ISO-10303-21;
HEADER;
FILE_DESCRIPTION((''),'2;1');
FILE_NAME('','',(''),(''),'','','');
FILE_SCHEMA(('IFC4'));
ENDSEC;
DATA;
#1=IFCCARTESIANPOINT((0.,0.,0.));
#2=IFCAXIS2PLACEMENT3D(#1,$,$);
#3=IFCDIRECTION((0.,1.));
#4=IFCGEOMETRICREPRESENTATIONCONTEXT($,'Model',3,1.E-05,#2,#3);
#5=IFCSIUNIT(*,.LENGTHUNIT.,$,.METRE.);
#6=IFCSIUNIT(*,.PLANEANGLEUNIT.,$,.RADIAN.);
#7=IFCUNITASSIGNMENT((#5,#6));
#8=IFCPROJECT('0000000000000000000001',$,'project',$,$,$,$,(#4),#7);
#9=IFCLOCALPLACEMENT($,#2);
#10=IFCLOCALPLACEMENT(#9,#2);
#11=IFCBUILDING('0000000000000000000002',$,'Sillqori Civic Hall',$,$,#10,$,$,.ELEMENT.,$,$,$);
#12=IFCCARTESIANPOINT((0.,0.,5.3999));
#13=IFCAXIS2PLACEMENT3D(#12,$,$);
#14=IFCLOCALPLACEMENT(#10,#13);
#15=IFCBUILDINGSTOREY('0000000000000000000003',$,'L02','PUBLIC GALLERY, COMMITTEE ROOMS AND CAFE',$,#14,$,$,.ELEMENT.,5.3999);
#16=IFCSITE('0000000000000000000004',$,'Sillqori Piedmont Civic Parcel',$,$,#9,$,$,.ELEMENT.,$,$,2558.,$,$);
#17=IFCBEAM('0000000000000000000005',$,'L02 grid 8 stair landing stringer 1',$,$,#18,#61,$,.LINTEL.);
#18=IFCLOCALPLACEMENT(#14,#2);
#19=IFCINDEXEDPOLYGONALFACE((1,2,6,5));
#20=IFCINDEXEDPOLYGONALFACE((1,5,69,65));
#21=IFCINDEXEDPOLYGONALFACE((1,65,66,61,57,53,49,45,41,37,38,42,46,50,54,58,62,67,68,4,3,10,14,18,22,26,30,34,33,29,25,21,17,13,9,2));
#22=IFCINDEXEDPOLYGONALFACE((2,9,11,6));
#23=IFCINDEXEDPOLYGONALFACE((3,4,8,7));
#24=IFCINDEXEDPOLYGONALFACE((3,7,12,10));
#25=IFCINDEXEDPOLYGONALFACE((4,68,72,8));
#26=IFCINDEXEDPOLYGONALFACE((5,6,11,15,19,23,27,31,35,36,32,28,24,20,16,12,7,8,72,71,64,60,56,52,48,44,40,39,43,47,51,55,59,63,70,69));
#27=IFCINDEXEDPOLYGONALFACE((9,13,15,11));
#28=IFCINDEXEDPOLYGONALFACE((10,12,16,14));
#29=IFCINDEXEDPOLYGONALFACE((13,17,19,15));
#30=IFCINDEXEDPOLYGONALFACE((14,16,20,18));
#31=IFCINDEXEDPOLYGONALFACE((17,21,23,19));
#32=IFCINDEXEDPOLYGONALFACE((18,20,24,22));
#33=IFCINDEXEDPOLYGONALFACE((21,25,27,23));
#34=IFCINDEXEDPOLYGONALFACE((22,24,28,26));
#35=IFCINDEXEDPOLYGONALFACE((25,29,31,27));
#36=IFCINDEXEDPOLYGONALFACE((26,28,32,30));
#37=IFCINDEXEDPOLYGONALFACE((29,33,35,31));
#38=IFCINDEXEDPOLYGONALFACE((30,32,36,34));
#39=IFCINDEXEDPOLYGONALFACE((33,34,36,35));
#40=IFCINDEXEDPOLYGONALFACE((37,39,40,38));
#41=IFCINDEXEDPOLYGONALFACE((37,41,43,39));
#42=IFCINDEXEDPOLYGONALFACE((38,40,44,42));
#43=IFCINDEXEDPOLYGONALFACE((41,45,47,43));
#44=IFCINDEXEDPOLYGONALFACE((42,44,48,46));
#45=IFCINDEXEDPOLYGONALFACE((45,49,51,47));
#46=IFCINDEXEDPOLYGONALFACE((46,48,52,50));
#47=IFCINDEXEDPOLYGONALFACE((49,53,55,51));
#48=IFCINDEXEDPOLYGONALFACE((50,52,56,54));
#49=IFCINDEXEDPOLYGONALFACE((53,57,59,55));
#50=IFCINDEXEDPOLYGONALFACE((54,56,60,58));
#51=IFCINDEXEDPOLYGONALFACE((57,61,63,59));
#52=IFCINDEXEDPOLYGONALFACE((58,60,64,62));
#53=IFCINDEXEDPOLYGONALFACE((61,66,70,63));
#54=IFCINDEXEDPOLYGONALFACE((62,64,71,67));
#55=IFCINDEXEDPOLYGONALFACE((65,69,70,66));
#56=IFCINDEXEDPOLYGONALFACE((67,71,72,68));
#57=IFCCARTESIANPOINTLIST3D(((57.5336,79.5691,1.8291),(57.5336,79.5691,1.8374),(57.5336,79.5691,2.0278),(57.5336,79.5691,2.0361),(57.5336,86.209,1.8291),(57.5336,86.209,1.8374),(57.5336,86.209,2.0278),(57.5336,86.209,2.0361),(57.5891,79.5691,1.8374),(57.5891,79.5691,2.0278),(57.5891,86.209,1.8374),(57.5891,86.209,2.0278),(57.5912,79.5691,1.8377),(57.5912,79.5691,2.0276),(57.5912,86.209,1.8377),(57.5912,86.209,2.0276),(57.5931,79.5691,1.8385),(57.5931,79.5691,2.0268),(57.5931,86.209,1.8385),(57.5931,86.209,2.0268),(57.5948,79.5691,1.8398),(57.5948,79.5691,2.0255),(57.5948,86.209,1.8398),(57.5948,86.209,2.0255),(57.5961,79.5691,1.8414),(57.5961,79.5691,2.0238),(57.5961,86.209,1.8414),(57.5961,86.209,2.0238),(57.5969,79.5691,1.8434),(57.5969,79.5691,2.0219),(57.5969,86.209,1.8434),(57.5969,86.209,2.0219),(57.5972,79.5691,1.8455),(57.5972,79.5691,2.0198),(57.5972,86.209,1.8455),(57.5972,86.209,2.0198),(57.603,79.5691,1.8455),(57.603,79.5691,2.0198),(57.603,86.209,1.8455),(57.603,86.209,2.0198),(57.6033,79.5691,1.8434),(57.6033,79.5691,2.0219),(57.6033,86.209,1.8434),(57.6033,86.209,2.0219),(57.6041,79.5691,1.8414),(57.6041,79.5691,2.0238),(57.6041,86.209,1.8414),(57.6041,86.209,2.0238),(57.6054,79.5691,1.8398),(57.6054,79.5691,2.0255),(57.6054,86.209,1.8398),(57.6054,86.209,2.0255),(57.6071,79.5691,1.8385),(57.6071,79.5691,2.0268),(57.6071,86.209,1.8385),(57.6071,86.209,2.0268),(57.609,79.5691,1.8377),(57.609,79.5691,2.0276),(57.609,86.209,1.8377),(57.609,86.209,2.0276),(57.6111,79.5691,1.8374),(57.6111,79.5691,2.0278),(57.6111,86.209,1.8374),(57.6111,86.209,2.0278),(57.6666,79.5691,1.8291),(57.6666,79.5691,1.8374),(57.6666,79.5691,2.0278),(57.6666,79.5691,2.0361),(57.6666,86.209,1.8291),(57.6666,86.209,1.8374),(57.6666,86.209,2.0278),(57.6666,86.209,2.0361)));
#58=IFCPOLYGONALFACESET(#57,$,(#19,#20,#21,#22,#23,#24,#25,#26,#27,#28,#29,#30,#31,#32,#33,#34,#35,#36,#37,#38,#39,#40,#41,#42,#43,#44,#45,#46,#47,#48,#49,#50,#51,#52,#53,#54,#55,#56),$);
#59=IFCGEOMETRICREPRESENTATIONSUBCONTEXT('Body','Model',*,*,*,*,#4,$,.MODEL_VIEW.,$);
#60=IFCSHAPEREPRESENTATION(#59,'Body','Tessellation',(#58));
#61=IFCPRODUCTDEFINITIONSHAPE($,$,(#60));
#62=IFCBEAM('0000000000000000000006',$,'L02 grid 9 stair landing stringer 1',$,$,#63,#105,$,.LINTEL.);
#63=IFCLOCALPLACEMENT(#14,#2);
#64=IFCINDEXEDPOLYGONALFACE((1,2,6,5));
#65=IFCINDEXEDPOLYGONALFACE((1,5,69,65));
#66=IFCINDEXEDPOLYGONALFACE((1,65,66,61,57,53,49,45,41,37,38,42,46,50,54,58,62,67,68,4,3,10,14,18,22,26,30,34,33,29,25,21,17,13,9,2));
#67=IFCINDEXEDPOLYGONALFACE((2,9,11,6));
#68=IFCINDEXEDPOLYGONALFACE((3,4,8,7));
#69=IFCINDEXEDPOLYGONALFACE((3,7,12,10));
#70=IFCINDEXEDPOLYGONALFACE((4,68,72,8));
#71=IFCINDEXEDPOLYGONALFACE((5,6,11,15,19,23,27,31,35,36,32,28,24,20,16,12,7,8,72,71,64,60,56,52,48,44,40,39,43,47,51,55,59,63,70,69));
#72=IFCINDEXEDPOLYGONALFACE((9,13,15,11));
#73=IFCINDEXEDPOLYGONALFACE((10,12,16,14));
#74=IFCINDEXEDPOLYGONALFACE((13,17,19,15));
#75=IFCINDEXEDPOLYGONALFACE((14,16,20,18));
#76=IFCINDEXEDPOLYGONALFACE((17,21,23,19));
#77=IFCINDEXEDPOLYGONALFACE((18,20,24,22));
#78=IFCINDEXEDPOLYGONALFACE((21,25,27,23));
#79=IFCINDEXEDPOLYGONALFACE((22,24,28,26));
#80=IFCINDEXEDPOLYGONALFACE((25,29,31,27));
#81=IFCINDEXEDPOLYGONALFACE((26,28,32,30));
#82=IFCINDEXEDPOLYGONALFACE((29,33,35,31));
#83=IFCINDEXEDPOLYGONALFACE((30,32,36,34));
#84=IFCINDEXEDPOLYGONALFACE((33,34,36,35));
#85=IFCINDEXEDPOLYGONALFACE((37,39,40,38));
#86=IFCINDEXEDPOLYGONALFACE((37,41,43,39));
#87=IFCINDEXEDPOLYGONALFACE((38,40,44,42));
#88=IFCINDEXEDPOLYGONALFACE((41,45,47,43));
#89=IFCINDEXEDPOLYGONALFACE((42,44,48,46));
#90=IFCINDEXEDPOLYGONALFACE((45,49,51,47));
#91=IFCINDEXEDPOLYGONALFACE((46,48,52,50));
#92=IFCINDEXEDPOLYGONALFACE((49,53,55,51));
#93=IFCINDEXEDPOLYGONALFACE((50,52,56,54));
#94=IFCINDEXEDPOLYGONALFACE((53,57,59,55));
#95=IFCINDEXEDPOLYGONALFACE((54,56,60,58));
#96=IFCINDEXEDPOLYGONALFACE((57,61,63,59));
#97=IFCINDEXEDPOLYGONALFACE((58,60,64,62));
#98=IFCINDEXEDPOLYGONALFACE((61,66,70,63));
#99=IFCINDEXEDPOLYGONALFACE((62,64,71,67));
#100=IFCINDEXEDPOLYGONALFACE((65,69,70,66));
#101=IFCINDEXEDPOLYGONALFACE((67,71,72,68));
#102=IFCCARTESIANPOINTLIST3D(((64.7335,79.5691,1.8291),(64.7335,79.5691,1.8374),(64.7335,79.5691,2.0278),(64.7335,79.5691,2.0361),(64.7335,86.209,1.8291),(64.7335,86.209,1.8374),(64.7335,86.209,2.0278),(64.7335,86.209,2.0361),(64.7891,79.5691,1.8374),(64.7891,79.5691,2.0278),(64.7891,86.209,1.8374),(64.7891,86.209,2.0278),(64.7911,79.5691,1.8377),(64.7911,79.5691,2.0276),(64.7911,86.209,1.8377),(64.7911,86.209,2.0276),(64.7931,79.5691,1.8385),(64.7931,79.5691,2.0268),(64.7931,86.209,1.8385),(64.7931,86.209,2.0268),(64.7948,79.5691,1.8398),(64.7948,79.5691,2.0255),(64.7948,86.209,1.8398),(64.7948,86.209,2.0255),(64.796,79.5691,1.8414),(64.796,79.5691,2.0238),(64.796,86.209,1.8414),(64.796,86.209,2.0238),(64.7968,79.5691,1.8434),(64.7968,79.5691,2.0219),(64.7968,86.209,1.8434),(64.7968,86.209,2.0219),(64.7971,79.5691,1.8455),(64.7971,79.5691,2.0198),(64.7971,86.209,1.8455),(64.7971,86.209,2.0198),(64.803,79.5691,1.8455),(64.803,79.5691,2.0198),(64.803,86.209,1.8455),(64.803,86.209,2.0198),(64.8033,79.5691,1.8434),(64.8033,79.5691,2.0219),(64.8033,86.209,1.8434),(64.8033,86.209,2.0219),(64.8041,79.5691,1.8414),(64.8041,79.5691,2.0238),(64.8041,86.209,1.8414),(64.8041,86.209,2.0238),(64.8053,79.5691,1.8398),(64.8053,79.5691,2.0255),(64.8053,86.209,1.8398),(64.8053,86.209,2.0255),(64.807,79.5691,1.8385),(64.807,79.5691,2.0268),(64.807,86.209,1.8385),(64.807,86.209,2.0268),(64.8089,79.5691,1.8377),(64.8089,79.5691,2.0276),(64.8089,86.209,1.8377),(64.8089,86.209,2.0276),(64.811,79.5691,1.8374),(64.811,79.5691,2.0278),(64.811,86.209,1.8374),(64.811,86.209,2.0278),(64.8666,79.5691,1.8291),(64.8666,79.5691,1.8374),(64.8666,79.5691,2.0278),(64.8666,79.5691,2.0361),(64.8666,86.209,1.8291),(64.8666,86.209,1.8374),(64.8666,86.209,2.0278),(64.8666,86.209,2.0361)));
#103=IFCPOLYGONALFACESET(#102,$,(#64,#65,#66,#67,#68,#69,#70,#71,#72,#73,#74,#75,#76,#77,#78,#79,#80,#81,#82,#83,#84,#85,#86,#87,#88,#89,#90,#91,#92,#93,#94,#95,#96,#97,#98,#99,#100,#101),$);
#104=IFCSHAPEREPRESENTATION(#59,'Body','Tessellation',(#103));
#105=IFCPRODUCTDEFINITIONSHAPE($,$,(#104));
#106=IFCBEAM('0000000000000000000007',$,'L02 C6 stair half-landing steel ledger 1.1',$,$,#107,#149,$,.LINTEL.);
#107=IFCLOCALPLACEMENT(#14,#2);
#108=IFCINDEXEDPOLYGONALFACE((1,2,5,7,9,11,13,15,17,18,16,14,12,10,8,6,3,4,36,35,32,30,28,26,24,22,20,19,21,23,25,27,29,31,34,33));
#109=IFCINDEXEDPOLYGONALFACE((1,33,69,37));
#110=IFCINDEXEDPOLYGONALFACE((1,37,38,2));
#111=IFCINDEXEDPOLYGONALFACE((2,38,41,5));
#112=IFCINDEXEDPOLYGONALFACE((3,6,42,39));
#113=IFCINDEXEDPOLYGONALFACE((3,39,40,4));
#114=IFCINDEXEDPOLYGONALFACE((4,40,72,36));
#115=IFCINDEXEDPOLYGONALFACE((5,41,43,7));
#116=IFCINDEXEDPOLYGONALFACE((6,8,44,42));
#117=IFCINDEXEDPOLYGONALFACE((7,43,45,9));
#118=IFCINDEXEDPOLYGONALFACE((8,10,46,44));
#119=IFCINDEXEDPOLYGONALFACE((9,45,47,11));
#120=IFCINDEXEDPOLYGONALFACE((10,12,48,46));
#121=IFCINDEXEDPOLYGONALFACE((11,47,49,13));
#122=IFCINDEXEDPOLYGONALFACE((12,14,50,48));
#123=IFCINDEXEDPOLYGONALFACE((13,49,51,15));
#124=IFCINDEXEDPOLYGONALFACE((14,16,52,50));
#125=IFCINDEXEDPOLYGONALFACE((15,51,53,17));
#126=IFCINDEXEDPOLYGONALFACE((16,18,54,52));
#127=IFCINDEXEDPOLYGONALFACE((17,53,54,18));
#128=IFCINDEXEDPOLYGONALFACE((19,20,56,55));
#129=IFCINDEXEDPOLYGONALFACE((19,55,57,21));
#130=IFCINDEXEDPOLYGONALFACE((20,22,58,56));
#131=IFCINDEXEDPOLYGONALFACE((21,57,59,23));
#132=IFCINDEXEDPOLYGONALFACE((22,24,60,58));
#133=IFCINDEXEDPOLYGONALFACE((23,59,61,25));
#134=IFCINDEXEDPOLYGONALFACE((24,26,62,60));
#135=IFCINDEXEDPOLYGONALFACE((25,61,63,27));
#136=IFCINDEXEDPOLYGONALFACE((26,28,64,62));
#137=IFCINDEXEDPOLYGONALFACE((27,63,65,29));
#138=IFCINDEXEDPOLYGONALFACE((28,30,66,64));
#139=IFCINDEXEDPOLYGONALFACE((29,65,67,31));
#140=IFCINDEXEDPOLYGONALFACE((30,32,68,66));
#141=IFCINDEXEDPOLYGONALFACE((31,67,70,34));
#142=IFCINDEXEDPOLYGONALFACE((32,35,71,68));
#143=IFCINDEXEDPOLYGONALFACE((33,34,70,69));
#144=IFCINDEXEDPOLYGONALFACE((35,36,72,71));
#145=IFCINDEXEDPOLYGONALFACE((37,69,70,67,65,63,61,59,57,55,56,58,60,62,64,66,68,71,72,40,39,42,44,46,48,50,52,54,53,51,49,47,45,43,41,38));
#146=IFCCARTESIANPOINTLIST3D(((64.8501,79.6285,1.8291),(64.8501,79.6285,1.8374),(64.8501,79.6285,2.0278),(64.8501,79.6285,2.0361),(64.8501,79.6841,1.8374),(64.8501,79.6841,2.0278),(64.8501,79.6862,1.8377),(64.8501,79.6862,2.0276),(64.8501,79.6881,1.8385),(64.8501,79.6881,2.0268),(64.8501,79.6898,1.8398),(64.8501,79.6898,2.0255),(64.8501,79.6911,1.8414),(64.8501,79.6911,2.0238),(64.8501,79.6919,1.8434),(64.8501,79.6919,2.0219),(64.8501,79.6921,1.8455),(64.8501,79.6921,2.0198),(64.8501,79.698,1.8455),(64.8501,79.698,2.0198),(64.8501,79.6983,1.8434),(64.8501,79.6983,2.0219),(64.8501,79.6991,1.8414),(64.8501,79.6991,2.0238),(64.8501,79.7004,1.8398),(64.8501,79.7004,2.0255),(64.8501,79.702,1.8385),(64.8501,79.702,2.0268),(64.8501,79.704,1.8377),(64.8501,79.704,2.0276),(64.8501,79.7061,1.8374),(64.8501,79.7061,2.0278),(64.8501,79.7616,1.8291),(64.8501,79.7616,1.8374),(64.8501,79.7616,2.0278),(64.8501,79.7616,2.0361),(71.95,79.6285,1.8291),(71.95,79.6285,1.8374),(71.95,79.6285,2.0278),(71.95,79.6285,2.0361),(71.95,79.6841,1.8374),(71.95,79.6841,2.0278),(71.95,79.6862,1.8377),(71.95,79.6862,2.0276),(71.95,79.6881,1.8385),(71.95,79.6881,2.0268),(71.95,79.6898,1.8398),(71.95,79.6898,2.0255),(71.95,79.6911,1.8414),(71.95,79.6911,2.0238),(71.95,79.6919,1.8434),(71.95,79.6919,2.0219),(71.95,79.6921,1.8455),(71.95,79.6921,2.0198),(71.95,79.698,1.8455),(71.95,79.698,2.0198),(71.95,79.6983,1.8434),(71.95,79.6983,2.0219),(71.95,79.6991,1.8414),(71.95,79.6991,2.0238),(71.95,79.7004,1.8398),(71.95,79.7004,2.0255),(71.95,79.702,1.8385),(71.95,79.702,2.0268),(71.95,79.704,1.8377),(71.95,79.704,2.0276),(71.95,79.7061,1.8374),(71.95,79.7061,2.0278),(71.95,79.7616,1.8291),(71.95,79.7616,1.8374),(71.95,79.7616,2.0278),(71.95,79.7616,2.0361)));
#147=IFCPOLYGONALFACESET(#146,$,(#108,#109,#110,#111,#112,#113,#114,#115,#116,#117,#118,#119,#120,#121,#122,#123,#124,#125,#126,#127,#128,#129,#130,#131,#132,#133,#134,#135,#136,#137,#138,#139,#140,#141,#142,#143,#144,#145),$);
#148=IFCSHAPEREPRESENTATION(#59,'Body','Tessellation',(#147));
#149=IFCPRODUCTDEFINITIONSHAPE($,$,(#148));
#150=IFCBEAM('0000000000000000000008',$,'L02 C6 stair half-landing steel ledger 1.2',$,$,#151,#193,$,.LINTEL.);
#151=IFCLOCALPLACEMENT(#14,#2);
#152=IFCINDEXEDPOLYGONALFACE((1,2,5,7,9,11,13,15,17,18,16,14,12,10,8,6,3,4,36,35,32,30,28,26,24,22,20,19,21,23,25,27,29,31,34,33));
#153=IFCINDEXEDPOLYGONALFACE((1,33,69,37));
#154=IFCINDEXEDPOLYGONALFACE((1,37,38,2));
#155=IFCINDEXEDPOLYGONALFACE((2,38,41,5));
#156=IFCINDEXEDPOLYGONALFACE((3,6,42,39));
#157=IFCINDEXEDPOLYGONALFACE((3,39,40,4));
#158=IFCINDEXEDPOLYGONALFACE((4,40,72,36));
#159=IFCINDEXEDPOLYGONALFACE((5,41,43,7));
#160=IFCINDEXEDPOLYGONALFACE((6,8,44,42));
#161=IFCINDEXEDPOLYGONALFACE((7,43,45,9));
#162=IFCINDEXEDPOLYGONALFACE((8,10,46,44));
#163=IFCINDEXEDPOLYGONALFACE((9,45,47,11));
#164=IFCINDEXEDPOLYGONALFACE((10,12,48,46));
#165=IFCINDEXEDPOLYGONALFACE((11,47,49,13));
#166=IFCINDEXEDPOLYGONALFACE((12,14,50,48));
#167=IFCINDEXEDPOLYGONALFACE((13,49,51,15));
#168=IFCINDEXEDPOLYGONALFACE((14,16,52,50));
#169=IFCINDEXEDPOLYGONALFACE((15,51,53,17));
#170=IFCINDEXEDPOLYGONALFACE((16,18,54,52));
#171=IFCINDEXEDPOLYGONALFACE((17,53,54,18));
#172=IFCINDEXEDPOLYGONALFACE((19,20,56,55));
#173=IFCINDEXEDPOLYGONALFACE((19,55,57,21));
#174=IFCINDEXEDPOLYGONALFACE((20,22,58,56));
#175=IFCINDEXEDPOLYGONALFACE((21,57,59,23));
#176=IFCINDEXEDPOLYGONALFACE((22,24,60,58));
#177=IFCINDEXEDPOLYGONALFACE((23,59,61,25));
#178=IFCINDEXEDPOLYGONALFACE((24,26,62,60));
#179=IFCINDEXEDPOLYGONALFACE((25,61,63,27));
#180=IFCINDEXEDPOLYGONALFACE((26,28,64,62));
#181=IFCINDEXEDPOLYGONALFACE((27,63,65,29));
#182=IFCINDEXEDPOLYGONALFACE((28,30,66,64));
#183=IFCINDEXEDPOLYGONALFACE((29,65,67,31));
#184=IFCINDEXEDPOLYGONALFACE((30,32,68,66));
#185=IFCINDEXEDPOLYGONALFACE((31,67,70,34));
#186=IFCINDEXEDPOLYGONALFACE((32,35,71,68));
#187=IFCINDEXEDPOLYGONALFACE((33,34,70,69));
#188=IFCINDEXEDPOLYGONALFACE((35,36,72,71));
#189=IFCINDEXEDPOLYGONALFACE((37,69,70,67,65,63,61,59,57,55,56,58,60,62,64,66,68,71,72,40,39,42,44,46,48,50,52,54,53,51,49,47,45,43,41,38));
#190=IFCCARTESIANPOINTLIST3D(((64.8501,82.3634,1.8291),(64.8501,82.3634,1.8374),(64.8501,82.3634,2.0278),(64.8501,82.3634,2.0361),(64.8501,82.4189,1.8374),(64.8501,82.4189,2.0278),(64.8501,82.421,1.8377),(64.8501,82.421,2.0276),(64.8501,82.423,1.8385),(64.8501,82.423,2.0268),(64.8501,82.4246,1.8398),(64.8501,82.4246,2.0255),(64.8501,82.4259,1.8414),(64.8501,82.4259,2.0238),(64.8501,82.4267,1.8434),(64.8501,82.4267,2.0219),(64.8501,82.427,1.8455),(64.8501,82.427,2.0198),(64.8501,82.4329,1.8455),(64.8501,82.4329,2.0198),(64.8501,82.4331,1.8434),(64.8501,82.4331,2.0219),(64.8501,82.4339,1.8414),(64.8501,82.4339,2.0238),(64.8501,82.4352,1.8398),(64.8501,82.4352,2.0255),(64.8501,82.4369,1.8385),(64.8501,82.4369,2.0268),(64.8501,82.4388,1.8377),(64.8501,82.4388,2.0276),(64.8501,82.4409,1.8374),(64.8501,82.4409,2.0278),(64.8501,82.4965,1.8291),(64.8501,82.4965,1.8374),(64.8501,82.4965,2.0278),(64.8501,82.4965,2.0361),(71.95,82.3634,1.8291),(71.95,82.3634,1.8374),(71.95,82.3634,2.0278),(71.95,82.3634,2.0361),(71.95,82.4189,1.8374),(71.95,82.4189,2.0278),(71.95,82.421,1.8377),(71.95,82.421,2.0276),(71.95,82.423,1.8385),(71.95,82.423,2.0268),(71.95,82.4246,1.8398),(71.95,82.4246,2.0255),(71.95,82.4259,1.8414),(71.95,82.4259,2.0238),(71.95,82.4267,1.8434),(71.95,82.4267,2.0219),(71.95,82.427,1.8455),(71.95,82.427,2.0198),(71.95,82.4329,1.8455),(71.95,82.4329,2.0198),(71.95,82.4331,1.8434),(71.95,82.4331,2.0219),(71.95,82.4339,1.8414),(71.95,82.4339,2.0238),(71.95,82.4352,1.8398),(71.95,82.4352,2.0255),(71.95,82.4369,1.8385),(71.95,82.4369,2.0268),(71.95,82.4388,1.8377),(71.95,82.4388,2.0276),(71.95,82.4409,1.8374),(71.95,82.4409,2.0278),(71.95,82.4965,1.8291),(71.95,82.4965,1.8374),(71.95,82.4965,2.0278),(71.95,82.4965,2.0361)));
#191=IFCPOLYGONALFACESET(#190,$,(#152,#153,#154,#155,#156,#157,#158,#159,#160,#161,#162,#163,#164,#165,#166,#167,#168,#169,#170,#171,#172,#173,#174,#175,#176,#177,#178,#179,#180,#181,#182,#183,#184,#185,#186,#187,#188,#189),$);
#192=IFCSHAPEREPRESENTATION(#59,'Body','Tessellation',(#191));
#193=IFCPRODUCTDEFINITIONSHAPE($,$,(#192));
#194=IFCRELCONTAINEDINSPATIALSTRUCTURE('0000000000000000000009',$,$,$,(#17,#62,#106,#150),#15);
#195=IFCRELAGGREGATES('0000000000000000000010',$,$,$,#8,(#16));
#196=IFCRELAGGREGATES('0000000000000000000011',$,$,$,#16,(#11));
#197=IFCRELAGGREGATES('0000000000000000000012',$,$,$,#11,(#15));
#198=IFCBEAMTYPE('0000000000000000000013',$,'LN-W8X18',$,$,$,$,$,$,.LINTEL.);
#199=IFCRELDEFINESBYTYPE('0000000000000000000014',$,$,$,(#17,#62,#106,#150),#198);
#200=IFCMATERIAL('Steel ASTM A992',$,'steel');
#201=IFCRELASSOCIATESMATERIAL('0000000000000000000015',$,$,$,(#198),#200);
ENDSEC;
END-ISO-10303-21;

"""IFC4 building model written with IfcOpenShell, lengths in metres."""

from ifc_helpers import new_model, si_unit, direction, frame, origin, origin_2d, place, context, subcontext, project, spatial, i_section, extrude, material, material_profile, profile_set, type_object, element, save


model = new_model("IFC4")

# Units and contexts
model_context = context("Model", 3, precision=1e-05, world=origin(), true_north=direction((0.0, 1.0)))
body_context = subcontext(model_context, "Body", "Model", "MODEL_VIEW")
ifc_project = project(units=[si_unit("LENGTHUNIT", "METRE"), si_unit("PLANEANGLEUNIT", "RADIAN")], contexts=[model_context])

# Site, building, storey
site_placement = place(None, origin())
site = spatial("IfcSite", under=ifc_project, at=site_placement, Name="Sillqori Piedmont Civic Parcel", CompositionType="ELEMENT", RefElevation=2558.0)
building_placement = place(site_placement, origin())
building = spatial("IfcBuilding", under=site, at=building_placement, Name="Sillqori Civic Hall", CompositionType="ELEMENT")
storey_placement = place(building_placement, frame((0.0, 0.0, 5.3999)))
storey = spatial("IfcBuildingStorey", under=building, at=storey_placement, Name="L02", Description="PUBLIC GALLERY, COMMITTEE ROOMS AND CAFE", CompositionType="ELEMENT", Elevation=5.3999)

# Shared definitions
ifc_material_1 = material(Name="Steel ASTM A992", Category="steel")

# Beams
ifc_material_profile_1 = material_profile(ifc_material_1, i_section(OverallWidth=0.1331, OverallDepth=0.207, WebThickness=0.0059, FlangeThickness=0.0083, FilletRadius=0.0081, at=origin_2d()), Name="W8X18")
ifc_profile_set_1 = profile_set([ifc_material_profile_1], Name="Steel ASTM A992")
beam_type_1 = type_object("IfcBeamType", Name="LN-W8X18", PredefinedType="LINTEL", material=ifc_profile_set_1)
for number, where, z_axis, x_axis, name in (
    (1, (57.6001, 79.5691, 1.9326), (0.0, 1.0, 0.0), (-1.0, 0.0, 0.0), "L02 grid 8 stair landing stringer 1"),
    (2, (64.8, 79.5691, 1.9326), (0.0, 1.0, 0.0), (-1.0, 0.0, 0.0), "L02 grid 9 stair landing stringer 1"),
):
    element("IfcBeam", number, at=place(storey_placement, frame(where, z_axis=z_axis, x_axis=x_axis)), inside=storey, type_object=beam_type_1, Name=name, PredefinedType="LINTEL", context=body_context, shape_type="SweptSolid", body=[
        extrude(i_section(OverallWidth=0.1331, OverallDepth=0.207, WebThickness=0.0059, FlangeThickness=0.0083, FilletRadius=0.0081, at=origin_2d()), origin(), (0.0, 0.0, 1.0), 6.6399),
    ])
for number, where, z_axis, x_axis, name in (
    (3, (64.8501, 79.6951, 1.9326), (1.0, 0.0, 0.0), (0.0, 1.0, 0.0), "L02 C6 stair half-landing steel ledger 1.1"),
    (4, (64.8501, 82.4299, 1.9326), (1.0, 0.0, 0.0), (0.0, 1.0, 0.0), "L02 C6 stair half-landing steel ledger 1.2"),
):
    element("IfcBeam", number, at=place(storey_placement, frame(where, z_axis=z_axis, x_axis=x_axis)), inside=storey, type_object=beam_type_1, Name=name, PredefinedType="LINTEL", context=body_context, shape_type="SweptSolid", body=[
        extrude(i_section(OverallWidth=0.1331, OverallDepth=0.207, WebThickness=0.0059, FlangeThickness=0.0083, FilletRadius=0.0081, at=origin_2d()), origin(), (0.0, 0.0, 1.0), 7.0999),
    ])

save(model, "model.ifc")
